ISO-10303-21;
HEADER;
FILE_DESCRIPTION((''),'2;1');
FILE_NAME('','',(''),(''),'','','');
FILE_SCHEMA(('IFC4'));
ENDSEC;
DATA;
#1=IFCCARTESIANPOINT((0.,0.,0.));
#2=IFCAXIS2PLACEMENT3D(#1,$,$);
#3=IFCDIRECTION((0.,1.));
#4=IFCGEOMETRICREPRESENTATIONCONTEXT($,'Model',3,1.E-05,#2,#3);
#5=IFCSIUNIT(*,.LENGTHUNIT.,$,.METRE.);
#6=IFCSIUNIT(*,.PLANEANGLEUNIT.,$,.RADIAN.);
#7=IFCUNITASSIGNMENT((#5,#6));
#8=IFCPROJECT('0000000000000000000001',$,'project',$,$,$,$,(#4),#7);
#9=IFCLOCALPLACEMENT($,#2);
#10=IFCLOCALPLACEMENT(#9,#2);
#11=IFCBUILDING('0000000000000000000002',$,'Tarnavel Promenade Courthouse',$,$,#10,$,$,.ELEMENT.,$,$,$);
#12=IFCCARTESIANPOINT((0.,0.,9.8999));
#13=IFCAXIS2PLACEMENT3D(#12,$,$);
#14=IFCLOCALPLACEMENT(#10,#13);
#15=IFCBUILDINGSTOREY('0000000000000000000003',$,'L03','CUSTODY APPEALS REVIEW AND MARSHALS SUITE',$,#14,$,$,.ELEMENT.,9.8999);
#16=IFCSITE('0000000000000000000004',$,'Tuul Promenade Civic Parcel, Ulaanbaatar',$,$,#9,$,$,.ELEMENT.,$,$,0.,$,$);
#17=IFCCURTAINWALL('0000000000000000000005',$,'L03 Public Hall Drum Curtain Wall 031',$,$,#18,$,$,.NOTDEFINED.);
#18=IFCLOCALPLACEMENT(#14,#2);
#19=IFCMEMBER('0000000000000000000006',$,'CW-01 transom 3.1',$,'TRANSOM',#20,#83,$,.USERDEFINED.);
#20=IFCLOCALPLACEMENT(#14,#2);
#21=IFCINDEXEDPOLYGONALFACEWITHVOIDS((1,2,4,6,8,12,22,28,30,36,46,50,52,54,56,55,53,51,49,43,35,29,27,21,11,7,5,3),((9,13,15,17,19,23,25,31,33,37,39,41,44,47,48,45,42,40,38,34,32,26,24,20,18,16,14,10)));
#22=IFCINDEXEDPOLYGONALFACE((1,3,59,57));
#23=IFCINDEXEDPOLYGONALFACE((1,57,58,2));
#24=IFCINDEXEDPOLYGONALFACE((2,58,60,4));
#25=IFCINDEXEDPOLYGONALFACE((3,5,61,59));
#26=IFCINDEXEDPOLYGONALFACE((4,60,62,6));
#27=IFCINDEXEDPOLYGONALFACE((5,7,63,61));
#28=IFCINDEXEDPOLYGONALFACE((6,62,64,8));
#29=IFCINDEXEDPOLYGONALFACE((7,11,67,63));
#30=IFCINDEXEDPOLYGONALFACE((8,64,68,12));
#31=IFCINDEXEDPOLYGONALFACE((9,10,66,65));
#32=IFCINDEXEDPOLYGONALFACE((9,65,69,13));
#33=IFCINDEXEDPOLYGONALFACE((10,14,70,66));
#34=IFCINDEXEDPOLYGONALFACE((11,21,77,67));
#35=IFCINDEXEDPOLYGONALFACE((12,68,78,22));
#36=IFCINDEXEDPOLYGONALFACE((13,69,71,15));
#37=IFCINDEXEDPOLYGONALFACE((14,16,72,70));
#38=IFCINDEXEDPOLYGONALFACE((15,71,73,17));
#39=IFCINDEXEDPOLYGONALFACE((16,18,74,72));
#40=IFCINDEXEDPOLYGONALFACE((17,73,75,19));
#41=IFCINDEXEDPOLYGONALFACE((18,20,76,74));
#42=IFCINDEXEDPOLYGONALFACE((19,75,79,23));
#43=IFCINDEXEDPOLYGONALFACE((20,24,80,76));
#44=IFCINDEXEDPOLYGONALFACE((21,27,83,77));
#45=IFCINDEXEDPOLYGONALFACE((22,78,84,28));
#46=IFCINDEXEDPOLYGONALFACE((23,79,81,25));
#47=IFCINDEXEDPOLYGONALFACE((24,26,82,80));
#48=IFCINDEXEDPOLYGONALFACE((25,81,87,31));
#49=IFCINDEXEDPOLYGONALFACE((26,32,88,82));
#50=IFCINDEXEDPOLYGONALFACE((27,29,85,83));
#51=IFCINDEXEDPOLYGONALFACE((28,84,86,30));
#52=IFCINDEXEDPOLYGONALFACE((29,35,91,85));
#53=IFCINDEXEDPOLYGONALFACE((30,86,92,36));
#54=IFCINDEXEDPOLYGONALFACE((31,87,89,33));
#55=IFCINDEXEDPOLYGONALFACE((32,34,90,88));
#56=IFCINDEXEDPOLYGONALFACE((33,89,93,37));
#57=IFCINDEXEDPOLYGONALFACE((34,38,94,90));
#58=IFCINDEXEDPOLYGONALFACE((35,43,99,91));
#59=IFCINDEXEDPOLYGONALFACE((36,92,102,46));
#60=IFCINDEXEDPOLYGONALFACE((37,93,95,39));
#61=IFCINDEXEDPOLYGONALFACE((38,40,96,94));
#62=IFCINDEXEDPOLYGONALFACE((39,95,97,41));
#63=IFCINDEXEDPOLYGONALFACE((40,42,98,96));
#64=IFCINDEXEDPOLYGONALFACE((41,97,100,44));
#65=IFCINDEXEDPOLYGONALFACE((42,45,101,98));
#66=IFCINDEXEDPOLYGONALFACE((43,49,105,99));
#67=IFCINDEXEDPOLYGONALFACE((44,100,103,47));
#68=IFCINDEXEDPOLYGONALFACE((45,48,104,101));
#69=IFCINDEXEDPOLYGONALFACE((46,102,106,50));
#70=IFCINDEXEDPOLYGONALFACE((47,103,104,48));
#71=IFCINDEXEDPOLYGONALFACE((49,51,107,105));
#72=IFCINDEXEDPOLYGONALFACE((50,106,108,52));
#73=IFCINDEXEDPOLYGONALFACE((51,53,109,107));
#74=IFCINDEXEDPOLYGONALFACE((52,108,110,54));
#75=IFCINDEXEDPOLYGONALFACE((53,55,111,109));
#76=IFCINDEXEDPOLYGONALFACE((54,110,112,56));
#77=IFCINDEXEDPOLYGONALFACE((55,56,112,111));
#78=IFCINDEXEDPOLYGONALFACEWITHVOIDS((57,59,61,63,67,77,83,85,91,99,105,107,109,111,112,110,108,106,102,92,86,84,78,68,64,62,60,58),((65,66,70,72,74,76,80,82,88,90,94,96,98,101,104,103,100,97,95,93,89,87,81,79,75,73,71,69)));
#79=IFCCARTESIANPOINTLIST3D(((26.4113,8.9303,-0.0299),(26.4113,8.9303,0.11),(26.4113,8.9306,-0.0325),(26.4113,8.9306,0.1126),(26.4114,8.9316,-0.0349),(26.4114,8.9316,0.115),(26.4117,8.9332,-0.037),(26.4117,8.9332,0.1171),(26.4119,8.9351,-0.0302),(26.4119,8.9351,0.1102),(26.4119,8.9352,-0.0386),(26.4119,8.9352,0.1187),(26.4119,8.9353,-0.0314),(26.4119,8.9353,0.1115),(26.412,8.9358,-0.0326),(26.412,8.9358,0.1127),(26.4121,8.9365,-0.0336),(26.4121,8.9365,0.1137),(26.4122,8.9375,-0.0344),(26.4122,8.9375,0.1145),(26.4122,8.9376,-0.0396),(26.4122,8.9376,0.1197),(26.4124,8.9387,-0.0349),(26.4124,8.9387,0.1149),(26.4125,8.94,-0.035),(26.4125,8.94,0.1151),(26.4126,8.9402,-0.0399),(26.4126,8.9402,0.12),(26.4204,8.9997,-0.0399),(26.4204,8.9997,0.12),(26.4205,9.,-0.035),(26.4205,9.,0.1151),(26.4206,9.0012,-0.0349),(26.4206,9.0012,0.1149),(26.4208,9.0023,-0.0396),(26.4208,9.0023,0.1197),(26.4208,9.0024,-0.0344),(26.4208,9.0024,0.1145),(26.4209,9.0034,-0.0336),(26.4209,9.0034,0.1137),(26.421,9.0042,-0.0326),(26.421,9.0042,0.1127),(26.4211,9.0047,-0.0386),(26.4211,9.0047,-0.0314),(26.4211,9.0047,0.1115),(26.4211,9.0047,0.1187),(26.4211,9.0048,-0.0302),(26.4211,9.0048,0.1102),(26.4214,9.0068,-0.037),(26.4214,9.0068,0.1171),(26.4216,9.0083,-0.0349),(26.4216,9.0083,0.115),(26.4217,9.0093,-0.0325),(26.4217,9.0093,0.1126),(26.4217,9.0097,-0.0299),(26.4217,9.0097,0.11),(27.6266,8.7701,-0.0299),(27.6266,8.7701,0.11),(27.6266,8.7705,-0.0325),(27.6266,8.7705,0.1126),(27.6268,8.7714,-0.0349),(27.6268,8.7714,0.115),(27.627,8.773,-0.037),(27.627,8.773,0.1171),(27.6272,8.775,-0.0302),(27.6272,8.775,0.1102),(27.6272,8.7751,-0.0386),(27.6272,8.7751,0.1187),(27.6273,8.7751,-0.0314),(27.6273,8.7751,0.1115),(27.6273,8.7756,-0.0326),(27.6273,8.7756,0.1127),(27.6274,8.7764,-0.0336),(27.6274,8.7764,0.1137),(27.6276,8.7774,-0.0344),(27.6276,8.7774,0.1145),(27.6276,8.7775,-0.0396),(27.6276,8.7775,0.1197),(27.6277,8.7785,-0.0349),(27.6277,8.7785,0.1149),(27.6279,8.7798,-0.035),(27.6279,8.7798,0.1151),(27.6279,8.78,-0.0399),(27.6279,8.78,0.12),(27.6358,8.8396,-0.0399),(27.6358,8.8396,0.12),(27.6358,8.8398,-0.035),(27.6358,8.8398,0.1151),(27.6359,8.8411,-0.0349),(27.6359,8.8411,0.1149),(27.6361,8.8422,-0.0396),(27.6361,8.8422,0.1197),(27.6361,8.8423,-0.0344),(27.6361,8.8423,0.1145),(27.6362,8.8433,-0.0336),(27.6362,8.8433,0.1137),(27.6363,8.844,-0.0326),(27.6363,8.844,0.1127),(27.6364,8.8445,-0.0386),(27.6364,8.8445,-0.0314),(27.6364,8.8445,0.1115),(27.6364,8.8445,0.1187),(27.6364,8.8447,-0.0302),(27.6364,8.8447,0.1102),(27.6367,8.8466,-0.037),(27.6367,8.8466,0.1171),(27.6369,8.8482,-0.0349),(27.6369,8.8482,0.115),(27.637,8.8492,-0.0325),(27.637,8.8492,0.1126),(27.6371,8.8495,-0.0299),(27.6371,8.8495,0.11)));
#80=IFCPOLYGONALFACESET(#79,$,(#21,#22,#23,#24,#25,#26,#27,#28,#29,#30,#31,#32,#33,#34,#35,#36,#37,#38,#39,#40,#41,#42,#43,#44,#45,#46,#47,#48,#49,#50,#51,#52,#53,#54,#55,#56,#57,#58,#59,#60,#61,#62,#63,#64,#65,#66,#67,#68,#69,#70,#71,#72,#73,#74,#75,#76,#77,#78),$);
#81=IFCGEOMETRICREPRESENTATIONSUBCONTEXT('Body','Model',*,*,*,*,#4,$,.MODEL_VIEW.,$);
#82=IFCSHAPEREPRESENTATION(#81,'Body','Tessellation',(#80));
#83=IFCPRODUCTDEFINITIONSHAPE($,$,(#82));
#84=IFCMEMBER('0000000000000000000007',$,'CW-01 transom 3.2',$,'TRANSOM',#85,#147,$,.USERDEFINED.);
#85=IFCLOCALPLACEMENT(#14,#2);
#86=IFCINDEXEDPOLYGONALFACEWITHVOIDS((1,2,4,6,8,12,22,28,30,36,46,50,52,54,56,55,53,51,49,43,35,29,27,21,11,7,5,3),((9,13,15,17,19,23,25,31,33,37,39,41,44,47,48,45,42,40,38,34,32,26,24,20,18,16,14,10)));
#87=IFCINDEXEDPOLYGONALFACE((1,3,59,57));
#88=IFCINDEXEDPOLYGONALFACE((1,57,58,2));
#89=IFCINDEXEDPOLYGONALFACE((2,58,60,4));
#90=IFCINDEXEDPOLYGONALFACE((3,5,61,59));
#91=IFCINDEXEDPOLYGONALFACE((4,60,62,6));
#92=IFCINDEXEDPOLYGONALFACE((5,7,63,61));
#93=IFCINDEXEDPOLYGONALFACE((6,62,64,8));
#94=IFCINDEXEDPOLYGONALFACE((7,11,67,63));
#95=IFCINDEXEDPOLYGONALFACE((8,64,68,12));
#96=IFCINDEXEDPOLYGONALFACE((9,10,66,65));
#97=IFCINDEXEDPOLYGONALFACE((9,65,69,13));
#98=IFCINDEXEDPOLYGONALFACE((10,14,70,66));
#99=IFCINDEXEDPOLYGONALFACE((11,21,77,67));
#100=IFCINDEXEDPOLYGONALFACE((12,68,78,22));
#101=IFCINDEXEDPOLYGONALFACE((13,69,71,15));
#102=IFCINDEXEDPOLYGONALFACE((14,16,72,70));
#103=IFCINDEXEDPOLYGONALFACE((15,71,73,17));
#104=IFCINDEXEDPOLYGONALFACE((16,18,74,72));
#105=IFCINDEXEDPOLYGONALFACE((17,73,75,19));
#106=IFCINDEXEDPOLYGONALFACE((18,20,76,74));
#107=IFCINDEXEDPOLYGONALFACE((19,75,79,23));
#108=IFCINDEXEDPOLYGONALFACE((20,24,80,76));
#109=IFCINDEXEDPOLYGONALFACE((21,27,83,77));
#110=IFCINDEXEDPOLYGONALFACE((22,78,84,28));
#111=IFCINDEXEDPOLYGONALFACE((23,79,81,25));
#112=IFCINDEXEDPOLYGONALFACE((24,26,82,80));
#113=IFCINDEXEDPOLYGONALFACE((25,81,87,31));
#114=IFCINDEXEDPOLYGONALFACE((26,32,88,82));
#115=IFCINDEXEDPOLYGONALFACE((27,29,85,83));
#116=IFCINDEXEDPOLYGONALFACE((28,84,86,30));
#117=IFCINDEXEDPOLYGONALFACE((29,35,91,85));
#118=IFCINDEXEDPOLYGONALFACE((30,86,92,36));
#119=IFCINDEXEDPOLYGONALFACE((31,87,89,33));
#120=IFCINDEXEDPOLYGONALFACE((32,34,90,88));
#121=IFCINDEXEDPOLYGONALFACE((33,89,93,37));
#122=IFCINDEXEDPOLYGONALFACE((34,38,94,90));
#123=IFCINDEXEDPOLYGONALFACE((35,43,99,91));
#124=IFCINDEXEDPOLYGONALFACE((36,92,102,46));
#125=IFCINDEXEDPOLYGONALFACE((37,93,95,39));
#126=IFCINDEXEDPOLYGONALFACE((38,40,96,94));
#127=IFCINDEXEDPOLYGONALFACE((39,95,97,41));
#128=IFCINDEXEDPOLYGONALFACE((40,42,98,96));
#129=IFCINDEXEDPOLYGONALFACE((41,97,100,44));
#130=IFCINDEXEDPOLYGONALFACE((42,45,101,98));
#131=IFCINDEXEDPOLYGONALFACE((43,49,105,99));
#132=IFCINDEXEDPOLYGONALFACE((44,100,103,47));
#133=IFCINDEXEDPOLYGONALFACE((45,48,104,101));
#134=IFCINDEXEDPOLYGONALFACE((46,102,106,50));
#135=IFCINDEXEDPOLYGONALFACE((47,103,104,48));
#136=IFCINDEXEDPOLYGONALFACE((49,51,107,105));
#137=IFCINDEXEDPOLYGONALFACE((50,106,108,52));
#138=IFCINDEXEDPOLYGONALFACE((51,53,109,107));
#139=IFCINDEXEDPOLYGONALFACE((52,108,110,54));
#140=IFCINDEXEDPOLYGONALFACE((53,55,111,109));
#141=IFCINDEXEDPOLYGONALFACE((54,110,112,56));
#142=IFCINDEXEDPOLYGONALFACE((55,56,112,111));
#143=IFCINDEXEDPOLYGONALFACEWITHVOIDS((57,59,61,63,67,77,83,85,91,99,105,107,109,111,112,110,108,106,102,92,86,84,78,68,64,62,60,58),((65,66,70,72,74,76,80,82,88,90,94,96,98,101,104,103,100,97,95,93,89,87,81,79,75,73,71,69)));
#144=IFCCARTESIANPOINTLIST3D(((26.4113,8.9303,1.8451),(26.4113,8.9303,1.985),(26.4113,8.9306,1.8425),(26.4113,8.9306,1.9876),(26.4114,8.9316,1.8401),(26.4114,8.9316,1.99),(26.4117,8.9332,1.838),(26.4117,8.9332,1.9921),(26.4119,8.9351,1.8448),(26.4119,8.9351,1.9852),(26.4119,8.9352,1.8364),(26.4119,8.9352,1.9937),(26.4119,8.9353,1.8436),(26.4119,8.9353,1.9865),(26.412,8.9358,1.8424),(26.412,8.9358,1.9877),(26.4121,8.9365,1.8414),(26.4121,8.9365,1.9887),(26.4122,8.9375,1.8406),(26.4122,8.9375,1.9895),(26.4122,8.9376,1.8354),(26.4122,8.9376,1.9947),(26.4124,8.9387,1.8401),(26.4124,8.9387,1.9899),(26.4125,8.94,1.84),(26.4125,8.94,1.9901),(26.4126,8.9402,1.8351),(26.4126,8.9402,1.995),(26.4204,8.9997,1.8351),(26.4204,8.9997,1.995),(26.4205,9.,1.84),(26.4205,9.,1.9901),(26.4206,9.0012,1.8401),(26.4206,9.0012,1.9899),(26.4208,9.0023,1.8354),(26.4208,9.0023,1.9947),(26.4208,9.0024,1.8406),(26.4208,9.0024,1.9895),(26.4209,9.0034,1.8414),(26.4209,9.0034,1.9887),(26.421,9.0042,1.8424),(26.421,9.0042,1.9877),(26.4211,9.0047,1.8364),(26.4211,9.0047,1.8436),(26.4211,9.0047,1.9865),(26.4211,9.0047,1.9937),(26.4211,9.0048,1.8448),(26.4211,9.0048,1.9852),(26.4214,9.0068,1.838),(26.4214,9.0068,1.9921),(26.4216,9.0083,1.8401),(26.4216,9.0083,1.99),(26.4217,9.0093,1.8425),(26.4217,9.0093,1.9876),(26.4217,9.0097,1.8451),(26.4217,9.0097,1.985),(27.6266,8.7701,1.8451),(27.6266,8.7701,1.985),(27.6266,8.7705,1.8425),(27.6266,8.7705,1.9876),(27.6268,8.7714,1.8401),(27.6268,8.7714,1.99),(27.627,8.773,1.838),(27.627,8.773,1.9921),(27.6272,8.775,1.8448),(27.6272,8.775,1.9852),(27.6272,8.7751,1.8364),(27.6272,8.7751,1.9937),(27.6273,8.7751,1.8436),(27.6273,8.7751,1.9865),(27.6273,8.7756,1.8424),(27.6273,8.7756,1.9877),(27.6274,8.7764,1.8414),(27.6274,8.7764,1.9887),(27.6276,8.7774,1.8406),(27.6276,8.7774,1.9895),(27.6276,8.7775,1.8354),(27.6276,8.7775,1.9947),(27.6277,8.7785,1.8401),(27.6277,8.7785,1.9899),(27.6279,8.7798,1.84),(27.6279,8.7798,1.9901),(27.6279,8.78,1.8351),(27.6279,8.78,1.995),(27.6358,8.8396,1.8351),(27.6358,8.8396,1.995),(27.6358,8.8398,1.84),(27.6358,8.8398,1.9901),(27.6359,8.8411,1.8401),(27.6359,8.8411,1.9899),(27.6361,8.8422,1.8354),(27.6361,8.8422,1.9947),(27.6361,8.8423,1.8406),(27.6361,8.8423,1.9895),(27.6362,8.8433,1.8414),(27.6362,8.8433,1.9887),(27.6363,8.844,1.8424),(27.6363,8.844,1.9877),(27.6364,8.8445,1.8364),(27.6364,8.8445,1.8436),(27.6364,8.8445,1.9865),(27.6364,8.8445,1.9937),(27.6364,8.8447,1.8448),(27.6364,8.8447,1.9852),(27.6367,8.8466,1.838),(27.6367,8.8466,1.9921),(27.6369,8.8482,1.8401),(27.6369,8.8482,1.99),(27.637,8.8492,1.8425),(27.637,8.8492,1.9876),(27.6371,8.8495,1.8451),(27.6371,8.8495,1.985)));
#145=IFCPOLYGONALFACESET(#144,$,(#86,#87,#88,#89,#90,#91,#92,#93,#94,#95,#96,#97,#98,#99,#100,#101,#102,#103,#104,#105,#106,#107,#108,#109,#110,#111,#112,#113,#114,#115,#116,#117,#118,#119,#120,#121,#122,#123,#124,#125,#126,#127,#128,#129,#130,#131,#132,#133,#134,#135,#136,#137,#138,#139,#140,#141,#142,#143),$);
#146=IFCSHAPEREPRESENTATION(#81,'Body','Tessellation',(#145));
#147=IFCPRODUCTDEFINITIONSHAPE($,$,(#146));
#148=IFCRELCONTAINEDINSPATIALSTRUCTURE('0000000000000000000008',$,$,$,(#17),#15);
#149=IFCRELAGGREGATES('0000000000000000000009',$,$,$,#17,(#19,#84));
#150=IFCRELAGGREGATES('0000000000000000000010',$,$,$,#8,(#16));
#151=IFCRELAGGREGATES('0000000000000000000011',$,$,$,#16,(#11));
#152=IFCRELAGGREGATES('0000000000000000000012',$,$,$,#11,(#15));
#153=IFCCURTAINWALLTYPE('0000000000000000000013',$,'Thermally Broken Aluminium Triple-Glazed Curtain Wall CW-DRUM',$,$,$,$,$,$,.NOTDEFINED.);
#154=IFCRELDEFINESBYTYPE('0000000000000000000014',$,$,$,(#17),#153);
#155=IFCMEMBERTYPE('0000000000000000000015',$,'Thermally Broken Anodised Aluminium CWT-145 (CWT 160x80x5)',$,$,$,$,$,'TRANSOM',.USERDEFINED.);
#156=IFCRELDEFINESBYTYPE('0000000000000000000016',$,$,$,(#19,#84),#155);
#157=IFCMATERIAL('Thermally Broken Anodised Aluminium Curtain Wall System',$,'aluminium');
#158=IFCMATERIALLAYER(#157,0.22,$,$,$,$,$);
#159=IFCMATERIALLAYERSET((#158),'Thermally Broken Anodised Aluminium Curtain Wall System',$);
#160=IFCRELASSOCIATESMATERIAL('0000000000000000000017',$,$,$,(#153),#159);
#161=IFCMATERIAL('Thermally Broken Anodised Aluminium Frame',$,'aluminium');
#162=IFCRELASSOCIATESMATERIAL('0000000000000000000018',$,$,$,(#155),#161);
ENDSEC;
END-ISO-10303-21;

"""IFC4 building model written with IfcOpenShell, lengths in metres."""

from ifc_helpers import new_model, si_unit, direction, frame, origin, origin_2d, place, context, subcontext, project, spatial, hollow_rectangle, extrude, material, layer, layer_set, material_profile, profile_set, type_object, element, aggregate, save


model = new_model("IFC4")

# Units and contexts
model_context = context("Model", 3, precision=1e-05, world=origin(), true_north=direction((0.0, 1.0)))
body_context = subcontext(model_context, "Body", "Model", "MODEL_VIEW")
ifc_project = project(units=[si_unit("LENGTHUNIT", "METRE"), si_unit("PLANEANGLEUNIT", "RADIAN")], contexts=[model_context])

# Site, building, storey
site_placement = place(None, origin())
site = spatial("IfcSite", under=ifc_project, at=site_placement, Name="Tuul Promenade Civic Parcel, Ulaanbaatar", CompositionType="ELEMENT", RefElevation=0.0)
building_placement = place(site_placement, origin())
building = spatial("IfcBuilding", under=site, at=building_placement, Name="Tarnavel Promenade Courthouse", CompositionType="ELEMENT")
storey_placement = place(building_placement, frame((0.0, 0.0, 9.8999)))
storey = spatial("IfcBuildingStorey", under=building, at=storey_placement, Name="L03", Description="CUSTODY APPEALS REVIEW AND MARSHALS SUITE", CompositionType="ELEMENT", Elevation=9.8999)

# Shared definitions
ifc_material_1 = material(Name="Thermally Broken Anodised Aluminium Curtain Wall System", Category="aluminium")
ifc_layer_1 = layer(ifc_material_1, 0.22)
ifc_layer_set_1 = layer_set([ifc_layer_1], Name="Thermally Broken Anodised Aluminium Curtain Wall System")
curtain_wall_type = type_object("IfcCurtainWallType", Name="Thermally Broken Aluminium Triple-Glazed Curtain Wall CW-DRUM", PredefinedType="NOTDEFINED", material=ifc_layer_set_1)
ifc_material_2 = material(Name="Thermally Broken Anodised Aluminium Frame", Category="aluminium")

# Curtain wall
curtain_wall_1_placement = place(storey_placement, origin())
curtain_wall_1 = element("IfcCurtainWall", 1, at=curtain_wall_1_placement, inside=storey, type_object=curtain_wall_type, Name="L03 Public Hall Drum Curtain Wall 031", PredefinedType="NOTDEFINED")

# Members
ifc_material_profile_1 = material_profile(ifc_material_2, hollow_rectangle(XDim=0.0801, YDim=0.1599, WallThickness=0.0049, InnerFilletRadius=0.0049, OuterFilletRadius=0.01, at=origin_2d()), Name="CWT 160x80x5")
ifc_profile_set_1 = profile_set([ifc_material_profile_1], Name="Thermally Broken Anodised Aluminium Frame")
member_type_1 = type_object("IfcMemberType", Name="Thermally Broken Anodised Aluminium CWT-145 (CWT 160x80x5)", ElementType="TRANSOM", PredefinedType="USERDEFINED", material=ifc_profile_set_1)
member_1_placement = place(storey_placement, frame((26.4165, 8.97, 0.04), z_axis=(0.991429, -0.13065, 0.0), x_axis=(0.13065, 0.991429, 0.0)))
member_1 = element("IfcMember", 2, at=member_1_placement, type_object=member_type_1, Name="CW-01 transom 3.1", ObjectType="TRANSOM", PredefinedType="USERDEFINED", context=body_context, shape_type="SweptSolid", body=[
    extrude(hollow_rectangle(XDim=0.0801, YDim=0.1599, WallThickness=0.0049, InnerFilletRadius=0.0049, OuterFilletRadius=0.01, at=origin_2d()), origin(), (0.0, 0.0, 1.0), 1.2258),
])
member_2_placement = place(storey_placement, frame((26.4165, 8.97, 1.915), z_axis=(0.991429, -0.13065, 0.0), x_axis=(0.13065, 0.991429, 0.0)))
member_2 = element("IfcMember", 3, at=member_2_placement, type_object=member_type_1, Name="CW-01 transom 3.2", ObjectType="TRANSOM", PredefinedType="USERDEFINED", context=body_context, shape_type="SweptSolid", body=[
    extrude(hollow_rectangle(XDim=0.0801, YDim=0.1599, WallThickness=0.0049, InnerFilletRadius=0.0049, OuterFilletRadius=0.01, at=origin_2d()), origin(), (0.0, 0.0, 1.0), 1.2258),
])

aggregate(curtain_wall_1, [member_1, member_2])

save(model, "model.ifc")
